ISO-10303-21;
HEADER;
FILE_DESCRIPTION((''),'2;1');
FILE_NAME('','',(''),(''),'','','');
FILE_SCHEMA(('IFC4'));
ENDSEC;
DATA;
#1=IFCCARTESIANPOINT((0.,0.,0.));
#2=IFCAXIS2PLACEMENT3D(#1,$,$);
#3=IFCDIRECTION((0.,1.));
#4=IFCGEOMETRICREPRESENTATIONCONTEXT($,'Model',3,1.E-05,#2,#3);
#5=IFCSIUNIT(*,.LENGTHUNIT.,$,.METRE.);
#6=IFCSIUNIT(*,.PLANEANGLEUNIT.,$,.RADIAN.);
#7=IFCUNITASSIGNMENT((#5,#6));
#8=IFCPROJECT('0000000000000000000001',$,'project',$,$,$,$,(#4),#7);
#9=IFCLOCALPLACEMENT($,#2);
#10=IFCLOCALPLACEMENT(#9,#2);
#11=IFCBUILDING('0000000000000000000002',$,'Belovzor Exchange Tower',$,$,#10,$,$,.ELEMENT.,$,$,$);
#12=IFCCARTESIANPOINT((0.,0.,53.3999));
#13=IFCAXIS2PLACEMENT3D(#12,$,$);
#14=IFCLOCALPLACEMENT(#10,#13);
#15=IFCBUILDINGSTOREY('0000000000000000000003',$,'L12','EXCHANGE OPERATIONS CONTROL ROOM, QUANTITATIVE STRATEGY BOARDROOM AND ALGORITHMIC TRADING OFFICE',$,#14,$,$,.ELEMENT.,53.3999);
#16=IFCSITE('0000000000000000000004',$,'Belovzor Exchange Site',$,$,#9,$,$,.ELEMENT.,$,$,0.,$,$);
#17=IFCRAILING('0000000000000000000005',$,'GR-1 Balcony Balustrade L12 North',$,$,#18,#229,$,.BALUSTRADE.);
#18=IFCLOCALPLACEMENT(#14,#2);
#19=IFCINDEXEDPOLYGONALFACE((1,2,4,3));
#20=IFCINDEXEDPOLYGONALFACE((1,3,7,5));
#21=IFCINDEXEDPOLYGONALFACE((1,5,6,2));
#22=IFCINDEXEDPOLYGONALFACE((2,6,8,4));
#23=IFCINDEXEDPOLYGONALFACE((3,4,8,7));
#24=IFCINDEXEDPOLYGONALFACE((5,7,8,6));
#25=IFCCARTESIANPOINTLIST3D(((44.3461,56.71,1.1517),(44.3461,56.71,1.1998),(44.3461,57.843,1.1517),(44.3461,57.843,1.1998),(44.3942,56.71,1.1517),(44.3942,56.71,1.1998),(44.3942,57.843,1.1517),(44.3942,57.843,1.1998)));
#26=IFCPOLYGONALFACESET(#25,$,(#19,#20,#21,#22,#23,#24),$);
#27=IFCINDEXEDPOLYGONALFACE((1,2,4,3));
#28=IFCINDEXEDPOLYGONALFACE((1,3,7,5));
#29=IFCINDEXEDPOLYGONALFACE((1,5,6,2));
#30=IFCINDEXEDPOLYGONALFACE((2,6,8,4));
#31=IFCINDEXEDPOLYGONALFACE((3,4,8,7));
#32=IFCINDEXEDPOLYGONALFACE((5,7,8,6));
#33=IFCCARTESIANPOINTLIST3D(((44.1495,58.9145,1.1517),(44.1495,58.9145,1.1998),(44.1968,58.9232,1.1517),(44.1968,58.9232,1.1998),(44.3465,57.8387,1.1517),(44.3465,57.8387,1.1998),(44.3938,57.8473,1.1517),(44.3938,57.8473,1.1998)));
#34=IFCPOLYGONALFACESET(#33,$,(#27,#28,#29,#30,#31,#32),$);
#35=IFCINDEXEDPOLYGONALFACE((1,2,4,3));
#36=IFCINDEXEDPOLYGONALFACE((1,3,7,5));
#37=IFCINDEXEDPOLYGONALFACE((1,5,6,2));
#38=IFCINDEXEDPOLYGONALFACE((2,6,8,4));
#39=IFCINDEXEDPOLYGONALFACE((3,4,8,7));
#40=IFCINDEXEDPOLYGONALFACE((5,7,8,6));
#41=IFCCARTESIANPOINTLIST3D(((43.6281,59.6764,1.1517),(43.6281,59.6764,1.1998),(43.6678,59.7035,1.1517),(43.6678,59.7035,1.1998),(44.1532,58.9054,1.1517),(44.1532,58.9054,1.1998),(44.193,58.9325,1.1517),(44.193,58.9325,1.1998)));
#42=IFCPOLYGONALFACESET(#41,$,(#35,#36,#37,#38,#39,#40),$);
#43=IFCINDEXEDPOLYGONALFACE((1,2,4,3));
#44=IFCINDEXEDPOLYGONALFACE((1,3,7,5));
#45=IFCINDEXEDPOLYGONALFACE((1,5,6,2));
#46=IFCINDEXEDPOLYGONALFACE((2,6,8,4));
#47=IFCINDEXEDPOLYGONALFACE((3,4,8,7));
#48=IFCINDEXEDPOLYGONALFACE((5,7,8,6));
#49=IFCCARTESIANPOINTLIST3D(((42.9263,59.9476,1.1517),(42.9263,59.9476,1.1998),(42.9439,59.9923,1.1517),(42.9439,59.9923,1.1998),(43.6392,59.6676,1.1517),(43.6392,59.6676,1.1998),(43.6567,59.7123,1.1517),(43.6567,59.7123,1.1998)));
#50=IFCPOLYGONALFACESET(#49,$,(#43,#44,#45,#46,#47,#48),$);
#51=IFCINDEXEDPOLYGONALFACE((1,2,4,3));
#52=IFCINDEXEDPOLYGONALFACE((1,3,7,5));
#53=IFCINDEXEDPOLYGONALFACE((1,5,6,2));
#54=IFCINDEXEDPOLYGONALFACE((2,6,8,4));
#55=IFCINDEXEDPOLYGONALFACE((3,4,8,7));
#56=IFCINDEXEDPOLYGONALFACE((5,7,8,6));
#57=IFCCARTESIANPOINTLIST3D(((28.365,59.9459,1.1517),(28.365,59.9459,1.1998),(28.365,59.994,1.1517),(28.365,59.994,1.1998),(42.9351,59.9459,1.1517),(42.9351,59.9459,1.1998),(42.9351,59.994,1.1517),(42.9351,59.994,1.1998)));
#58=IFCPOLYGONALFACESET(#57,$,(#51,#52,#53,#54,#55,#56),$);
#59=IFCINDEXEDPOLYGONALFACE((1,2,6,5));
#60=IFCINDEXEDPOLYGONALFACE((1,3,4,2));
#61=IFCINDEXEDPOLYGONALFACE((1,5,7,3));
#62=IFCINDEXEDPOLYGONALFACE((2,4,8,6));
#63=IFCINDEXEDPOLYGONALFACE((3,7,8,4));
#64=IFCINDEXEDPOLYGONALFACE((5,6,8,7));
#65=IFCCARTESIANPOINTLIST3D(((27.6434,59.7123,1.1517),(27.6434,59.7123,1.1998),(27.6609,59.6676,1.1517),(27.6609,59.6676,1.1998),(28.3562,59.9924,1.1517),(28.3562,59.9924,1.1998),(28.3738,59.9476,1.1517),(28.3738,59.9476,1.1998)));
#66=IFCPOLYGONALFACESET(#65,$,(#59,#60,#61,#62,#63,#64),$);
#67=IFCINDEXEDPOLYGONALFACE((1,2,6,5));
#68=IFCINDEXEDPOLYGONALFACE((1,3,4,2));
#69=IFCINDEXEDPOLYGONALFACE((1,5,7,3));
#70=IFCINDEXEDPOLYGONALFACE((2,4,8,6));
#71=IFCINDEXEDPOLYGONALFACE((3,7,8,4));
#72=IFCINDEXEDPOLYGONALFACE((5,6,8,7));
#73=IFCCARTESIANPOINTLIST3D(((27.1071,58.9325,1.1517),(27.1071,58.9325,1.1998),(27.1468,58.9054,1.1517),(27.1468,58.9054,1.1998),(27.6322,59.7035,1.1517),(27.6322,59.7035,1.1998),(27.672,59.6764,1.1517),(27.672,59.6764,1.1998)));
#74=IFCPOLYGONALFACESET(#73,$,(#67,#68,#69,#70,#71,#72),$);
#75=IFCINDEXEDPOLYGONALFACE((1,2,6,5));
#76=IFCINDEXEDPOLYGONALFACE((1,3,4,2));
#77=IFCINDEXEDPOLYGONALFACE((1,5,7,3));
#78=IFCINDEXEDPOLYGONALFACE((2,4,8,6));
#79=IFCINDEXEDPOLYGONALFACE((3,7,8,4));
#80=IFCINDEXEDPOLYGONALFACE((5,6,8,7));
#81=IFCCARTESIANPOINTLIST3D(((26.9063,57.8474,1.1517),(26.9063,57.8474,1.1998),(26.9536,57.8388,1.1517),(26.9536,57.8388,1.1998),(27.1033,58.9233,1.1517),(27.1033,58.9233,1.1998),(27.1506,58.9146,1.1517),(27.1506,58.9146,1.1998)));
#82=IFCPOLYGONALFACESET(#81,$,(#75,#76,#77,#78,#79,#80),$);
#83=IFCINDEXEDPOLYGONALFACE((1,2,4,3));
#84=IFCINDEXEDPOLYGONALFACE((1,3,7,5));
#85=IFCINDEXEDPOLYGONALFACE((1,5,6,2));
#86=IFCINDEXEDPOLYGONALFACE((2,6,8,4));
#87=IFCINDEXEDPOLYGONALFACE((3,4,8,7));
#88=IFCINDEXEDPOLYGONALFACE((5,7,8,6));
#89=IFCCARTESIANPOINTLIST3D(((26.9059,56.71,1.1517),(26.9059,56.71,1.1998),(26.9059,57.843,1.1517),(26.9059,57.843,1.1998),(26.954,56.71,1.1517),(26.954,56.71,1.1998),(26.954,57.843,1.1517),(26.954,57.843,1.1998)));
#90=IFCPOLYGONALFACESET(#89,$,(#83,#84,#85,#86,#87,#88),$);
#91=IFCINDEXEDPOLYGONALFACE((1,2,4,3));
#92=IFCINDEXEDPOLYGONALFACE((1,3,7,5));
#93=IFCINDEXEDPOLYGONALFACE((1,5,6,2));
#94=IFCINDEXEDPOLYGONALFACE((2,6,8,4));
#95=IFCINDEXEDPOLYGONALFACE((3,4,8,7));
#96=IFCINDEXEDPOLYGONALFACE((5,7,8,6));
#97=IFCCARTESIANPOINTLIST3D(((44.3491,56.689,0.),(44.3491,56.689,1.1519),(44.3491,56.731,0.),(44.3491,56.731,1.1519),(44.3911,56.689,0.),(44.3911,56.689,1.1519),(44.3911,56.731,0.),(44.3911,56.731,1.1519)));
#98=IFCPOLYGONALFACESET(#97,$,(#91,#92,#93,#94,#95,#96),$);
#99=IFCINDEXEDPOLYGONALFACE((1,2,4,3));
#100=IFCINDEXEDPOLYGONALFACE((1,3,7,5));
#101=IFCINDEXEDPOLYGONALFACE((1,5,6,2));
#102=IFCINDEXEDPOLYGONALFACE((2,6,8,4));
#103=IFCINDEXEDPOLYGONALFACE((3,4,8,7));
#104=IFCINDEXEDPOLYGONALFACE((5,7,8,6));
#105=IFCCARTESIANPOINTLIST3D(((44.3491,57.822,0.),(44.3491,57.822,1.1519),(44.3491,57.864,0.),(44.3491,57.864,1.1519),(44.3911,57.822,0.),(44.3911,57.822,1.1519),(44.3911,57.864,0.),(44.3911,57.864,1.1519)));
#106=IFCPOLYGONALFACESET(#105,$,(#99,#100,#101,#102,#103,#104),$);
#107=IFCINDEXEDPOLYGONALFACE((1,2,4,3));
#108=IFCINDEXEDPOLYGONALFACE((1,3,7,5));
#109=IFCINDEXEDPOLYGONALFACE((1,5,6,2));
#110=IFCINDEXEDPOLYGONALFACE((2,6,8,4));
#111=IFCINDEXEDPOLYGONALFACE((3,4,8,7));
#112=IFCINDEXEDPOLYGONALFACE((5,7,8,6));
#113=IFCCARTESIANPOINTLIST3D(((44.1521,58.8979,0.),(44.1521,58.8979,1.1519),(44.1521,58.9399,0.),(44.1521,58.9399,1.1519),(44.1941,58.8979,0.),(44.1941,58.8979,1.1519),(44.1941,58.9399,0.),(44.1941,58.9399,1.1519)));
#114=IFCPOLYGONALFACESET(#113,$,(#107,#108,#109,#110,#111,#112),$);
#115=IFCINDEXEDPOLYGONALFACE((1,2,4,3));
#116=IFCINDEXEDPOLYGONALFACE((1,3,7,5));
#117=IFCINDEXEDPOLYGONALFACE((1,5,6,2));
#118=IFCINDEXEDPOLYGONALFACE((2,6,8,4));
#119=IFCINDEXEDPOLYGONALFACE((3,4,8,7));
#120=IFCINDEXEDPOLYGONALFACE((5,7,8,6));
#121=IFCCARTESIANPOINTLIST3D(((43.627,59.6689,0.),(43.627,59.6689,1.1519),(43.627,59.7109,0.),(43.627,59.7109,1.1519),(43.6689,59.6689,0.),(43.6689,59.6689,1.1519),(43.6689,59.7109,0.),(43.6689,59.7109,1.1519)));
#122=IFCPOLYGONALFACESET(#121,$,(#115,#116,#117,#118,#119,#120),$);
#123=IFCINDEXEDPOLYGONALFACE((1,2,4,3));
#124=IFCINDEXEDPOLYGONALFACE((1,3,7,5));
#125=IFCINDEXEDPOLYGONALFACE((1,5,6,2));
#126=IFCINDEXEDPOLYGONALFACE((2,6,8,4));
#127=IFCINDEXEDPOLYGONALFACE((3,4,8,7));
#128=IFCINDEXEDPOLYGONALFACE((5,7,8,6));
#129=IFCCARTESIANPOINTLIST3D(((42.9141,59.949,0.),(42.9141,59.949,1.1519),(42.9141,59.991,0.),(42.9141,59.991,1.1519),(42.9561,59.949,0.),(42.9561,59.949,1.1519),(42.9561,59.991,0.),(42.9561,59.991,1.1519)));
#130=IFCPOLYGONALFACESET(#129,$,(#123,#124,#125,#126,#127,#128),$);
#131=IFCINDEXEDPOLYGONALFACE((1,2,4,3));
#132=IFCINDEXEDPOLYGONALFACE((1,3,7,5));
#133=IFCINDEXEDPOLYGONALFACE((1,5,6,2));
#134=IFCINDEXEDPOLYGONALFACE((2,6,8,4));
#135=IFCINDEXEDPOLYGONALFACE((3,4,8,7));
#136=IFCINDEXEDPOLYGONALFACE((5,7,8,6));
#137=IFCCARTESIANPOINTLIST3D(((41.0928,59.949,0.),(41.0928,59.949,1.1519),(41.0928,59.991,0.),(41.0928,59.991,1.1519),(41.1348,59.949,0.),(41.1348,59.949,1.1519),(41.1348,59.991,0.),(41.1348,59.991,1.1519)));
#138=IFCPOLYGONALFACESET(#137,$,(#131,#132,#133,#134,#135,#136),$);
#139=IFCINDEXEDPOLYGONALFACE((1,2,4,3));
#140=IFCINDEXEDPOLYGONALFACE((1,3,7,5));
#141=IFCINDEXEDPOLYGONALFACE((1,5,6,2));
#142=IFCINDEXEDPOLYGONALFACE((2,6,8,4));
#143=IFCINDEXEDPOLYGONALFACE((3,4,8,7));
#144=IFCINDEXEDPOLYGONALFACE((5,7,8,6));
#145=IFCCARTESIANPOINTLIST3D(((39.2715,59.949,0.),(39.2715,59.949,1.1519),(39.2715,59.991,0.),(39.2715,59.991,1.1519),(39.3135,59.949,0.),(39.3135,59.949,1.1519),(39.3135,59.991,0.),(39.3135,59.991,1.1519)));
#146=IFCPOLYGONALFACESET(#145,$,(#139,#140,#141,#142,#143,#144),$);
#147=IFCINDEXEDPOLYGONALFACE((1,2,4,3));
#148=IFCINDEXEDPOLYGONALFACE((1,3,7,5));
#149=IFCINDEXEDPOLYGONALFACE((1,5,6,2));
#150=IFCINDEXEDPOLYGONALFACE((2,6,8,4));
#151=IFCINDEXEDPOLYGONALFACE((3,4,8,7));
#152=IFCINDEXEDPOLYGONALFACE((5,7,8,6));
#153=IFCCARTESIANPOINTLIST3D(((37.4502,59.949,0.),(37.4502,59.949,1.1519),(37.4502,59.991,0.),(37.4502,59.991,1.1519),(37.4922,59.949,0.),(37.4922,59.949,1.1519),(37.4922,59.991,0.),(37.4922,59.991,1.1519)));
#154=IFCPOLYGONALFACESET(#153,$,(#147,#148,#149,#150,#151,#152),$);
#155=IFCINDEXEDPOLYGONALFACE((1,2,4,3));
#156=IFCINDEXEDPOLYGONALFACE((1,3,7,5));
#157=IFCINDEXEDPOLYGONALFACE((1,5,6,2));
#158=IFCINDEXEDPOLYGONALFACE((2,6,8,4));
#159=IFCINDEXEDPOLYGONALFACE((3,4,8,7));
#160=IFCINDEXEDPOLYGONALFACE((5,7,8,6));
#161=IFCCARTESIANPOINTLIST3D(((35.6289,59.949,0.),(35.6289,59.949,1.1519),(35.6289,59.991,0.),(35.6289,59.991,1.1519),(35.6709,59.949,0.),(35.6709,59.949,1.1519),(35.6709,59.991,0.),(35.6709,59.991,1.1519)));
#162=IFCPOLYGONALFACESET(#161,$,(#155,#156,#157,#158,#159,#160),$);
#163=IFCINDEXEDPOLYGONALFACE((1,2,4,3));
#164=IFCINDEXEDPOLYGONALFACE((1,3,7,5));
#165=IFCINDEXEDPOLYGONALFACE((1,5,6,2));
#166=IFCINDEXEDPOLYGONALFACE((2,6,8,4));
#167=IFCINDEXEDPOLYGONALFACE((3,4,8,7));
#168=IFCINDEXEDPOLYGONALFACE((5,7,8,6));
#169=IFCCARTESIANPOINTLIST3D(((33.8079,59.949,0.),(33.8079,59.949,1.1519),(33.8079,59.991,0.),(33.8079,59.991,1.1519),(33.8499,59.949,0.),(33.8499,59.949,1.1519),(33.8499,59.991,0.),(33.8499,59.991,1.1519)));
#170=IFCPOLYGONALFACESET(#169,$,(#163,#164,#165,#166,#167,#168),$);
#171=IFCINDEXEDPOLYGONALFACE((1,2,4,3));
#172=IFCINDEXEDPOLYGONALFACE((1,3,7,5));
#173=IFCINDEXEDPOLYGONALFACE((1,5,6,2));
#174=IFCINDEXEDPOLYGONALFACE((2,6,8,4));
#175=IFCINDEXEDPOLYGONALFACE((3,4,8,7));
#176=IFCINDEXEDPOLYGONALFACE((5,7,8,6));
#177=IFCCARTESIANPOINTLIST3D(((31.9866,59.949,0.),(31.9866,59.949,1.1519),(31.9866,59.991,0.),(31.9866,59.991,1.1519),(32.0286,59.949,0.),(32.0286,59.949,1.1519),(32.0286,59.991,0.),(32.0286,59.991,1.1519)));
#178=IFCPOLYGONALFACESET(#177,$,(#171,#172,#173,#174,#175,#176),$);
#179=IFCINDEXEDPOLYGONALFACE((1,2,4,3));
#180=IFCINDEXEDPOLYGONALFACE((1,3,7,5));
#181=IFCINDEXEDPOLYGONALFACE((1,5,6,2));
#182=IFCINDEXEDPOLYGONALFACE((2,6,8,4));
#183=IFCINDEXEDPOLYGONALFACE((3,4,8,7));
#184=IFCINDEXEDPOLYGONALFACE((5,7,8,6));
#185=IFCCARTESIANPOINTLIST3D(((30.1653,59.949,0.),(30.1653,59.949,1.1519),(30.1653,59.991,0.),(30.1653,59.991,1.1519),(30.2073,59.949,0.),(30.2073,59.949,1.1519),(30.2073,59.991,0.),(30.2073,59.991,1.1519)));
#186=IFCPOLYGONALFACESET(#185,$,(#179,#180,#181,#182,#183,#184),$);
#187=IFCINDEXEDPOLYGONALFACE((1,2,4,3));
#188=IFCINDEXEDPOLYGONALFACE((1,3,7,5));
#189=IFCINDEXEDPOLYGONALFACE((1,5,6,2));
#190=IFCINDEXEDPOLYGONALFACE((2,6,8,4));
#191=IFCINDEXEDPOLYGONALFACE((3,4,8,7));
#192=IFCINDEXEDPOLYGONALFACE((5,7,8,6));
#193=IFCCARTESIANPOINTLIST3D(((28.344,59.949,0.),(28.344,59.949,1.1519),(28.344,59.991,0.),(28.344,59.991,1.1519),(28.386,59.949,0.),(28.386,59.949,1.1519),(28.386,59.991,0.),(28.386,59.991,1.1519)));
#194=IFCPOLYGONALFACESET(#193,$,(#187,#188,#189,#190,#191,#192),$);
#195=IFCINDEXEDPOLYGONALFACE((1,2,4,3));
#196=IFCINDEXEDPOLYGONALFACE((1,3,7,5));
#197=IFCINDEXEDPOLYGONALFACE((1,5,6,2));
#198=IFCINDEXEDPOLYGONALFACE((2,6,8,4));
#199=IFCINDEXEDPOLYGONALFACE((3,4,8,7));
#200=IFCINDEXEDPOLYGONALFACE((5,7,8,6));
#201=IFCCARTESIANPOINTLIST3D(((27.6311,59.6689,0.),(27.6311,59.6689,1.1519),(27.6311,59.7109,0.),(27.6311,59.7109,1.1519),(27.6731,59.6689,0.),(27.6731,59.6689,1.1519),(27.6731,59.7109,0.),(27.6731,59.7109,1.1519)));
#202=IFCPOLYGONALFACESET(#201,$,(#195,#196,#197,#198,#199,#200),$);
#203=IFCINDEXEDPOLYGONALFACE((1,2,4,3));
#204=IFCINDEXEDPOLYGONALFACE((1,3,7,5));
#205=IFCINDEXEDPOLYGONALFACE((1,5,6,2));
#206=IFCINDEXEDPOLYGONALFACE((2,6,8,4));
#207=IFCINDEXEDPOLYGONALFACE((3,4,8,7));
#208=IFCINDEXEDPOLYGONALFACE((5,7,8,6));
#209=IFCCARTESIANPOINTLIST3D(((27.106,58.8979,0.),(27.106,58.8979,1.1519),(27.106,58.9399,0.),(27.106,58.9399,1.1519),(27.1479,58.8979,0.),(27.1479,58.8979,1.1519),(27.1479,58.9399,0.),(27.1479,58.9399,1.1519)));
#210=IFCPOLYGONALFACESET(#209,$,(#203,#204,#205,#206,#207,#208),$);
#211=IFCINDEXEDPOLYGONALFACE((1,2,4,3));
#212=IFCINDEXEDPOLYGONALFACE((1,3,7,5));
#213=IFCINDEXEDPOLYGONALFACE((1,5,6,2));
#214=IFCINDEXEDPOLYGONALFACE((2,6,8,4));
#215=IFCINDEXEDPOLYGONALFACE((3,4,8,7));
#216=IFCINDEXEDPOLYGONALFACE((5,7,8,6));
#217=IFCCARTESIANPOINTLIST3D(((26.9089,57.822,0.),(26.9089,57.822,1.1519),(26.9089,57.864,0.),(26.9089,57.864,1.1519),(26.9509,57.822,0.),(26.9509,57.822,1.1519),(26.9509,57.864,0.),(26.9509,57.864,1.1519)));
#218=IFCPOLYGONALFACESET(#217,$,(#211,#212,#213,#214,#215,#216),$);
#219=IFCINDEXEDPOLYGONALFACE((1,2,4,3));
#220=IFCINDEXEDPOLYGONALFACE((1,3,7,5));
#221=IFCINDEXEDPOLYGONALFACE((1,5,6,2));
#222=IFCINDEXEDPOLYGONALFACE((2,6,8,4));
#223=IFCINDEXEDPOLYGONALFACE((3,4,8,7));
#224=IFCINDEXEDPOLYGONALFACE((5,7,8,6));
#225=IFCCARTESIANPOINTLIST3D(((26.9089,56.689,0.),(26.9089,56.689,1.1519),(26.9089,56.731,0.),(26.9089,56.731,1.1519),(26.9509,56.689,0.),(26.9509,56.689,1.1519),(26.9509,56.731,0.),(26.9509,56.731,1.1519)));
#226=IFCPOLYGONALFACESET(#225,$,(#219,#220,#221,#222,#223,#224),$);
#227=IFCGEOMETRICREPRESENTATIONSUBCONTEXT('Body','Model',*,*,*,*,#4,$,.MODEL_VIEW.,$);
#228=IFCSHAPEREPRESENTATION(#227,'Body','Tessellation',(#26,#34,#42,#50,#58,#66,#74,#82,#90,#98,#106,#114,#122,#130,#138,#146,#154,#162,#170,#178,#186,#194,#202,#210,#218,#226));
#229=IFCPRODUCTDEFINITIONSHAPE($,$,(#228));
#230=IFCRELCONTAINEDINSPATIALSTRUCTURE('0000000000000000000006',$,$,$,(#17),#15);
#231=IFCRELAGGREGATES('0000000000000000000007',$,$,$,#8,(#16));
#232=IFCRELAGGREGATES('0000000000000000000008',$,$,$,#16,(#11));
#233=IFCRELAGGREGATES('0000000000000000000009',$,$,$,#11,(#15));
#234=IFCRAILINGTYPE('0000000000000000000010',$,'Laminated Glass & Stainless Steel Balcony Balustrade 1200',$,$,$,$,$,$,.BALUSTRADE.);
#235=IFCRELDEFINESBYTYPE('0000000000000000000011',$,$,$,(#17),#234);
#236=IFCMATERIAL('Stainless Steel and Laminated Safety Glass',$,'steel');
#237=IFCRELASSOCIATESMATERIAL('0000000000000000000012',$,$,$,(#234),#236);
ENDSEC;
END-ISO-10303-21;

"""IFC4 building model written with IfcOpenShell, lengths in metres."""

from ifc_helpers import new_model, si_unit, direction, frame, origin, origin_2d, place, context, subcontext, project, spatial, rectangle, extrude, material, type_object, element, save


model = new_model("IFC4")

# Units and contexts
model_context = context("Model", 3, precision=1e-05, world=origin(), true_north=direction((0.0, 1.0)))
body_context = subcontext(model_context, "Body", "Model", "MODEL_VIEW")
ifc_project = project(units=[si_unit("LENGTHUNIT", "METRE"), si_unit("PLANEANGLEUNIT", "RADIAN")], contexts=[model_context])

# Site, building, storey
site_placement = place(None, origin())
site = spatial("IfcSite", under=ifc_project, at=site_placement, Name="Belovzor Exchange Site", CompositionType="ELEMENT", RefElevation=0.0)
building_placement = place(site_placement, origin())
building = spatial("IfcBuilding", under=site, at=building_placement, Name="Belovzor Exchange Tower", CompositionType="ELEMENT")
storey_placement = place(building_placement, frame((0.0, 0.0, 53.3999)))
storey = spatial("IfcBuildingStorey", under=building, at=storey_placement, Name="L12", Description="EXCHANGE OPERATIONS CONTROL ROOM, QUANTITATIVE STRATEGY BOARDROOM AND ALGORITHMIC TRADING OFFICE", CompositionType="ELEMENT", Elevation=53.3999)

# Railing
ifc_material_1 = material(Name="Stainless Steel and Laminated Safety Glass", Category="steel")
railing_type = type_object("IfcRailingType", Name="Laminated Glass & Stainless Steel Balcony Balustrade 1200", PredefinedType="BALUSTRADE", material=ifc_material_1)
railing_placement = place(storey_placement, frame((44.3701, 56.71, 0.0)))
element("IfcRailing", 1, at=railing_placement, inside=storey, type_object=railing_type, Name="GR-1 Balcony Balustrade L12 North", PredefinedType="BALUSTRADE", context=body_context, shape_type="SweptSolid", body=[
    extrude(rectangle(XDim=0.0481, YDim=0.0481, at=origin_2d()), frame((0.0, 0.0, 1.1758), z_axis=(0.0, 1.0, 0.0), x_axis=(-1.0, 0.0, 0.0)), (0.0, 0.0, 1.0), 1.1331),
    extrude(rectangle(XDim=0.0481, YDim=0.0481, at=origin_2d()), frame((0.0, 1.1331, 1.1758), z_axis=(-0.180123, 0.983644, 0.0), x_axis=(-0.983644, -0.180123, 0.0)), (0.0, 0.0, 1.0), 1.0938),
    extrude(rectangle(XDim=0.0481, YDim=0.0481, at=origin_2d()), frame((-0.197, 2.209, 1.1758), z_axis=(-0.562947, 0.826493, 0.0), x_axis=(-0.826493, -0.562947, 0.0)), (0.0, 0.0, 1.0), 0.9329),
    extrude(rectangle(XDim=0.0481, YDim=0.0481, at=origin_2d()), frame((-0.7222, 2.98, 1.1758), z_axis=(-0.930767, 0.365613, 0.0), x_axis=(-0.365613, -0.930767, 0.0)), (0.0, 0.0, 1.0), 0.7659),
    extrude(rectangle(XDim=0.0481, YDim=0.0481, at=origin_2d()), frame((-1.4351, 3.26, 1.1758), z_axis=(-1.0, 0.0, 0.0), x_axis=(0.0, -1.0, 0.0)), (0.0, 0.0, 1.0), 14.5701),
    extrude(rectangle(XDim=0.0481, YDim=0.0481, at=origin_2d()), frame((-16.0051, 3.26, 1.1758), z_axis=(-0.930767, -0.365613, 0.0), x_axis=(0.365613, -0.930767, 0.0)), (0.0, 0.0, 1.0), 0.7659),
    extrude(rectangle(XDim=0.0481, YDim=0.0481, at=origin_2d()), frame((-16.718, 2.98, 1.1758), z_axis=(-0.562947, -0.826493, 0.0), x_axis=(0.826493, -0.562947, 0.0)), (0.0, 0.0, 1.0), 0.9329),
    extrude(rectangle(XDim=0.0481, YDim=0.0481, at=origin_2d()), frame((-17.2432, 2.209, 1.1758), z_axis=(-0.180123, -0.983644, 0.0), x_axis=(0.983644, -0.180123, 0.0)), (0.0, 0.0, 1.0), 1.0938),
    extrude(rectangle(XDim=0.0481, YDim=0.0481, at=origin_2d()), frame((-17.4402, 1.1331, 1.1758), z_axis=(0.0, -1.0, 0.0), x_axis=(1.0, 0.0, 0.0)), (0.0, 0.0, 1.0), 1.1331),
    extrude(rectangle(XDim=0.042, YDim=0.042, at=origin_2d()), origin(), (0.0, 0.0, 1.0), 1.1519),
    extrude(rectangle(XDim=0.042, YDim=0.042, at=origin_2d()), frame((0.0, 1.1331, 0.0)), (0.0, 0.0, 1.0), 1.1519),
    extrude(rectangle(XDim=0.042, YDim=0.042, at=origin_2d()), frame((-0.197, 2.209, 0.0)), (0.0, 0.0, 1.0), 1.1519),
    extrude(rectangle(XDim=0.042, YDim=0.042, at=origin_2d()), frame((-0.7222, 2.98, 0.0)), (0.0, 0.0, 1.0), 1.1519),
    extrude(rectangle(XDim=0.042, YDim=0.042, at=origin_2d()), frame((-1.4351, 3.26, 0.0)), (0.0, 0.0, 1.0), 1.1519),
    extrude(rectangle(XDim=0.042, YDim=0.042, at=origin_2d()), frame((-3.2563, 3.26, 0.0)), (0.0, 0.0, 1.0), 1.1519),
    extrude(rectangle(XDim=0.042, YDim=0.042, at=origin_2d()), frame((-5.0776, 3.26, 0.0)), (0.0, 0.0, 1.0), 1.1519),
    extrude(rectangle(XDim=0.042, YDim=0.042, at=origin_2d()), frame((-6.8989, 3.26, 0.0)), (0.0, 0.0, 1.0), 1.1519),
    extrude(rectangle(XDim=0.042, YDim=0.042, at=origin_2d()), frame((-8.7202, 3.26, 0.0)), (0.0, 0.0, 1.0), 1.1519),
    extrude(rectangle(XDim=0.042, YDim=0.042, at=origin_2d()), frame((-10.5413, 3.26, 0.0)), (0.0, 0.0, 1.0), 1.1519),
    extrude(rectangle(XDim=0.042, YDim=0.042, at=origin_2d()), frame((-12.3625, 3.26, 0.0)), (0.0, 0.0, 1.0), 1.1519),
    extrude(rectangle(XDim=0.042, YDim=0.042, at=origin_2d()), frame((-14.1838, 3.26, 0.0)), (0.0, 0.0, 1.0), 1.1519),
    extrude(rectangle(XDim=0.042, YDim=0.042, at=origin_2d()), frame((-16.0051, 3.26, 0.0)), (0.0, 0.0, 1.0), 1.1519),
    extrude(rectangle(XDim=0.042, YDim=0.042, at=origin_2d()), frame((-16.718, 2.98, 0.0)), (0.0, 0.0, 1.0), 1.1519),
    extrude(rectangle(XDim=0.042, YDim=0.042, at=origin_2d()), frame((-17.2432, 2.209, 0.0)), (0.0, 0.0, 1.0), 1.1519),
    extrude(rectangle(XDim=0.042, YDim=0.042, at=origin_2d()), frame((-17.4402, 1.1331, 0.0)), (0.0, 0.0, 1.0), 1.1519),
    extrude(rectangle(XDim=0.042, YDim=0.042, at=origin_2d()), frame((-17.4402, 0.0, 0.0)), (0.0, 0.0, 1.0), 1.1519),
])

save(model, "model.ifc")
